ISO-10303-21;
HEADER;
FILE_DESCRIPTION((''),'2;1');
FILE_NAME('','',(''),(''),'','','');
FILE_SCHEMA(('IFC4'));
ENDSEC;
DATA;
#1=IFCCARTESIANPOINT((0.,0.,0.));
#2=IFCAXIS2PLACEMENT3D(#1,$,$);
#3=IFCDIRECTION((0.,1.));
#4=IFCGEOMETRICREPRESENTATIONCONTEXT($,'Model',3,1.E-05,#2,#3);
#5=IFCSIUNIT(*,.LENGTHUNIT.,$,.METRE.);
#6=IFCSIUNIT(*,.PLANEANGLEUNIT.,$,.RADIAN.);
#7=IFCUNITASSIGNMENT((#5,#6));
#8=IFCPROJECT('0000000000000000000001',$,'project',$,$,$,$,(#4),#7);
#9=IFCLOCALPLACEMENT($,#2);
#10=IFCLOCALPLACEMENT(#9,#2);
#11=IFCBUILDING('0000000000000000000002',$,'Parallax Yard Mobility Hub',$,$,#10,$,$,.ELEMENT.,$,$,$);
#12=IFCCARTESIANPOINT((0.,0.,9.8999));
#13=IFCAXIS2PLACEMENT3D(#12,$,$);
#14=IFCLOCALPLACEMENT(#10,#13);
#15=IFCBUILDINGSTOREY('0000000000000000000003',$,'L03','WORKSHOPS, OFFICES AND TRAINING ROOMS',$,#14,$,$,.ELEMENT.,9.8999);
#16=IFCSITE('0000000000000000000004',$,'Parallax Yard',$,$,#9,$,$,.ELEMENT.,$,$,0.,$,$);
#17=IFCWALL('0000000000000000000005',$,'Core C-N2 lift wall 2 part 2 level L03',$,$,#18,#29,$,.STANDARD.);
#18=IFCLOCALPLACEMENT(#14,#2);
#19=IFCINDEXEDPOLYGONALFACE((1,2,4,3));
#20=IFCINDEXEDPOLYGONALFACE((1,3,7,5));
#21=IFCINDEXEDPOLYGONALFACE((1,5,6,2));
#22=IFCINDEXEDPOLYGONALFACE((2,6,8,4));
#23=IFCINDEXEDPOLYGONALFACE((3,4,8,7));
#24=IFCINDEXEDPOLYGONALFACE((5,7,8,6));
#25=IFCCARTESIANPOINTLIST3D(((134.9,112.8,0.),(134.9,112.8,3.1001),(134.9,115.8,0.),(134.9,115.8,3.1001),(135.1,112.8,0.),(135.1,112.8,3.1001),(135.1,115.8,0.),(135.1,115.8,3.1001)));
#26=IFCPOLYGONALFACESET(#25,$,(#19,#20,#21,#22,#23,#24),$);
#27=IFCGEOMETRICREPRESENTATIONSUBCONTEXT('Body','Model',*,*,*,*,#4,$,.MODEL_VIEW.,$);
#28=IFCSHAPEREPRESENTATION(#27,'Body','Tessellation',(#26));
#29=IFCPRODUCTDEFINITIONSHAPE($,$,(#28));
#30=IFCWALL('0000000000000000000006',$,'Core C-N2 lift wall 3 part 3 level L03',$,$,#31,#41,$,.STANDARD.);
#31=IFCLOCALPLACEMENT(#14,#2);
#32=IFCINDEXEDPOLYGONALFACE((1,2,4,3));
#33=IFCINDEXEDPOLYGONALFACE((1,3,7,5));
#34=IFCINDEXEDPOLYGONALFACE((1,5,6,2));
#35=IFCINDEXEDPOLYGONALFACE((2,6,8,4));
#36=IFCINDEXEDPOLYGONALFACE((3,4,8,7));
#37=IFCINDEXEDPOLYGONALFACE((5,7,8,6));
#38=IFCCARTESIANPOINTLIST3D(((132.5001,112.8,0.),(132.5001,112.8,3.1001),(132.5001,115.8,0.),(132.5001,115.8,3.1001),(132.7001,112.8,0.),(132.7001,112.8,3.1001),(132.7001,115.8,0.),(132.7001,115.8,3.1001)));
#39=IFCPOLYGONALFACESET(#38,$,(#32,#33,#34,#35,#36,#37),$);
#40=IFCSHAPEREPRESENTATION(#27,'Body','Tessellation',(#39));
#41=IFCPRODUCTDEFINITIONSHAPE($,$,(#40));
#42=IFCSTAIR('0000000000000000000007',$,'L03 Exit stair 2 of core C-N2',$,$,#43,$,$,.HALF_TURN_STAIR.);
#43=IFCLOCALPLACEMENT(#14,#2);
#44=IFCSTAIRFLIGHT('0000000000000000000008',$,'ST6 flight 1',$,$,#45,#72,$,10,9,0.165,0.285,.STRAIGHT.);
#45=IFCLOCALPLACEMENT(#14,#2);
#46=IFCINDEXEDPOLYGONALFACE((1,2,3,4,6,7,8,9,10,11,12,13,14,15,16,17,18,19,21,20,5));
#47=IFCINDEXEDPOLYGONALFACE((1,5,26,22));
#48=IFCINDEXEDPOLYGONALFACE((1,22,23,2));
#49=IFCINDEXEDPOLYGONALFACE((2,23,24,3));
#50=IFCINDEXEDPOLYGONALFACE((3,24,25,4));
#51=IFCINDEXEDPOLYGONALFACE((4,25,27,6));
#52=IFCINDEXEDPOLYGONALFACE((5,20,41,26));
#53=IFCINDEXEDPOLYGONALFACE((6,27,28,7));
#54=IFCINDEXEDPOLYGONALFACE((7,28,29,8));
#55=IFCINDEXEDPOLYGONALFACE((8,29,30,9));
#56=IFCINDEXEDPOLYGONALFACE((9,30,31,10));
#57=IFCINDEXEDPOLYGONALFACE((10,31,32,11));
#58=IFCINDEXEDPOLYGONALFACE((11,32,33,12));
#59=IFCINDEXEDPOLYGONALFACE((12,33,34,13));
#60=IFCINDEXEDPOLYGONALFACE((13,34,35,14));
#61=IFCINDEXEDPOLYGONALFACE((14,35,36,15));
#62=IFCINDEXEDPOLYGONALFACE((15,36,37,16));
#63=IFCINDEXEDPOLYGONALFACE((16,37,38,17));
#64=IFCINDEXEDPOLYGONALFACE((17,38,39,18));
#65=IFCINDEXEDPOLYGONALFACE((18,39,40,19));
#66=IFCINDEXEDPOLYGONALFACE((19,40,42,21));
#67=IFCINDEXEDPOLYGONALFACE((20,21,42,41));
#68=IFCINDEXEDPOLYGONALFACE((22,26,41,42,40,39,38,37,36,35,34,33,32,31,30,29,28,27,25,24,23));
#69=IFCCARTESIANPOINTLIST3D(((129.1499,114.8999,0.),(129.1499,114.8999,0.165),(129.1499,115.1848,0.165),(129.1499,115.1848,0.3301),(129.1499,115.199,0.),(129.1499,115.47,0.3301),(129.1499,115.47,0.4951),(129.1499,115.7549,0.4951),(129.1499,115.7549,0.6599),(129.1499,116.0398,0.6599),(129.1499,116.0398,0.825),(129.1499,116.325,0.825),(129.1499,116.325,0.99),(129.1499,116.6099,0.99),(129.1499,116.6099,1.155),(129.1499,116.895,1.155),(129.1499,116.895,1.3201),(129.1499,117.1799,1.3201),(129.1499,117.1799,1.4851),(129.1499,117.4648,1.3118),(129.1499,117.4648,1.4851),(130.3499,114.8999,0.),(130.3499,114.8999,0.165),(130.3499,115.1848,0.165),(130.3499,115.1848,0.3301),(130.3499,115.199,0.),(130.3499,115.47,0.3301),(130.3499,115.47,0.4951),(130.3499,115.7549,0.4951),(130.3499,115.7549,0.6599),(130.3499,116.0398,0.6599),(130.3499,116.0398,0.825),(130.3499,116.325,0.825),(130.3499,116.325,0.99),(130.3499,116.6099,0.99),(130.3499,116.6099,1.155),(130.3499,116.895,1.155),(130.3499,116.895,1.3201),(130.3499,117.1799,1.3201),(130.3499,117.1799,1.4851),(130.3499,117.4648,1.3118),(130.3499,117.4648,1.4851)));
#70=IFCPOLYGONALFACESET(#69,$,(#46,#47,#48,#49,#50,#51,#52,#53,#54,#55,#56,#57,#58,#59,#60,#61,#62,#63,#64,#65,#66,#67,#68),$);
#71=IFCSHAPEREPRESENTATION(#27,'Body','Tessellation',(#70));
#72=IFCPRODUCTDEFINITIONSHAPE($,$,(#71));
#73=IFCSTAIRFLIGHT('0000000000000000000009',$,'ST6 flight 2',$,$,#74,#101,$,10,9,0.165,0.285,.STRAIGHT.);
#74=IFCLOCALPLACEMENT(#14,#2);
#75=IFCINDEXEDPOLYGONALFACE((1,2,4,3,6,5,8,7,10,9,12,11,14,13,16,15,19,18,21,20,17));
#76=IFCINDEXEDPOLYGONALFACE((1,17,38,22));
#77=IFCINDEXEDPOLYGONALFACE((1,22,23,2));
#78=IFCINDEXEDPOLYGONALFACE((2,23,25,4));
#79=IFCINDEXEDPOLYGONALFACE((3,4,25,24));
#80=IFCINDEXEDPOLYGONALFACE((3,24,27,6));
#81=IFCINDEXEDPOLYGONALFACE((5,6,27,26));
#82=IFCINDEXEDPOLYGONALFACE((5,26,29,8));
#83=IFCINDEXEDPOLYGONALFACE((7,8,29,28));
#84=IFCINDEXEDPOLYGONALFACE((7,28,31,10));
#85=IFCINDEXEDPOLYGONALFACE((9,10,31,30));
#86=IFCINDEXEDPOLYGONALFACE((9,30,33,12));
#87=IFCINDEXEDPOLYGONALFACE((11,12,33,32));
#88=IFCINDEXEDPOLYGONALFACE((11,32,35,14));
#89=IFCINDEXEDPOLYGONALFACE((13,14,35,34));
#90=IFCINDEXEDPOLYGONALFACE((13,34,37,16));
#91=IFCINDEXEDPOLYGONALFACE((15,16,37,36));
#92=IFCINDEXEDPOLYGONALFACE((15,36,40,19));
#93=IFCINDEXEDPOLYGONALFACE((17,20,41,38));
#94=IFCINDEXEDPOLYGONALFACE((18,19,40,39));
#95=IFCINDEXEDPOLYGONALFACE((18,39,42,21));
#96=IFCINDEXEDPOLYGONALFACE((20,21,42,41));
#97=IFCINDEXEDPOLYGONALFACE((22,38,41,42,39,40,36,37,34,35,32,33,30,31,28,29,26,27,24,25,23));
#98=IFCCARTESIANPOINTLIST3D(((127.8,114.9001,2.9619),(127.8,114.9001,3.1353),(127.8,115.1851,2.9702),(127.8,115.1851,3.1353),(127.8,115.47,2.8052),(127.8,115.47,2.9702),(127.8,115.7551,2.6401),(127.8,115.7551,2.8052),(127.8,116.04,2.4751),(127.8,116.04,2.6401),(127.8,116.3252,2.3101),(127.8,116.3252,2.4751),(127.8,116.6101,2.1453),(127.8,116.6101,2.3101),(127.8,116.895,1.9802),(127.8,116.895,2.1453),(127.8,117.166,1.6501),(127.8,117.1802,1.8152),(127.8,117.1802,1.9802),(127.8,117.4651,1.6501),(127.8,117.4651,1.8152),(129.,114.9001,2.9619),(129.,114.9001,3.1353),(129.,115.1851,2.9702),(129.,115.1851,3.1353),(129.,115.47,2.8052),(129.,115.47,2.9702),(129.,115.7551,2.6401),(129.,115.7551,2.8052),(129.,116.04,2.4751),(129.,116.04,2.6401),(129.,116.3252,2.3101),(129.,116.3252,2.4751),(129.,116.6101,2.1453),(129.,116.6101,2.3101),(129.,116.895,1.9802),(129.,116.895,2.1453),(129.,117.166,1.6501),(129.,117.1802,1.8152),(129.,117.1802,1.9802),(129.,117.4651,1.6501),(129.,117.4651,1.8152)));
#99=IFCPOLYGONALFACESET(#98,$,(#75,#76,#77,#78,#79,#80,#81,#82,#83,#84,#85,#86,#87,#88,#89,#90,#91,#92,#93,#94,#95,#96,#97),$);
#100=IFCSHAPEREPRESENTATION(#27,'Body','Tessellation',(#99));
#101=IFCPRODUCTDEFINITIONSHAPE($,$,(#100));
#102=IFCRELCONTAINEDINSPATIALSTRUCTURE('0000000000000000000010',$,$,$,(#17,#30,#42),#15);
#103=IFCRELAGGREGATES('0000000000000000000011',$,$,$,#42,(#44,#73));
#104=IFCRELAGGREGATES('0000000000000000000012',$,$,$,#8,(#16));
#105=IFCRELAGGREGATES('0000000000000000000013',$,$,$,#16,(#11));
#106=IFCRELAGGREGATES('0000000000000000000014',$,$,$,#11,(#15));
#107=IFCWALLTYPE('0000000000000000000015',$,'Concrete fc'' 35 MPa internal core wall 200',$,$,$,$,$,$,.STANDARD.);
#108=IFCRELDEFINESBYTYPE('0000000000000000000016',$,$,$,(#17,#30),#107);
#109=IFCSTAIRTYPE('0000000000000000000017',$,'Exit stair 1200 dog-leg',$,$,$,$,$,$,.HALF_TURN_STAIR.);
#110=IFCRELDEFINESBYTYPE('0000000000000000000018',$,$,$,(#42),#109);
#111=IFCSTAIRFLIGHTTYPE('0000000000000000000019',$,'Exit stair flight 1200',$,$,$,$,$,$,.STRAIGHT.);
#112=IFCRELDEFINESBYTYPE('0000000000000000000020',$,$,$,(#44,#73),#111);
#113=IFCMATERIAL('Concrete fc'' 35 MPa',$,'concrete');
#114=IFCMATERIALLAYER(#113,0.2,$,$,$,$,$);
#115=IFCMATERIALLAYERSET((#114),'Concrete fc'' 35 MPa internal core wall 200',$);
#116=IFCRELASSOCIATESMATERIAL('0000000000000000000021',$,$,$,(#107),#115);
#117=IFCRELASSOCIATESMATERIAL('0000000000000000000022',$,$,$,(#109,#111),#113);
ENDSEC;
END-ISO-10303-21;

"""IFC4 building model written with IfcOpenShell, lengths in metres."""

from ifc_helpers import new_model, si_unit, direction, frame, frame_2d, origin, place, context, subcontext, project, spatial, polyline, rectangle, outline, extrude, material, layer, layer_set, type_object, element, aggregate, save


model = new_model("IFC4")

# Units and contexts
model_context = context("Model", 3, precision=1e-05, world=origin(), true_north=direction((0.0, 1.0)))
body_context = subcontext(model_context, "Body", "Model", "MODEL_VIEW")
ifc_project = project(units=[si_unit("LENGTHUNIT", "METRE"), si_unit("PLANEANGLEUNIT", "RADIAN")], contexts=[model_context])

# Site, building, storey
site_placement = place(None, origin())
site = spatial("IfcSite", under=ifc_project, at=site_placement, Name="Parallax Yard", CompositionType="ELEMENT", RefElevation=0.0)
building_placement = place(site_placement, origin())
building = spatial("IfcBuilding", under=site, at=building_placement, Name="Parallax Yard Mobility Hub", CompositionType="ELEMENT")
storey_placement = place(building_placement, frame((0.0, 0.0, 9.8999)))
storey = spatial("IfcBuildingStorey", under=building, at=storey_placement, Name="L03", Description="WORKSHOPS, OFFICES AND TRAINING ROOMS", CompositionType="ELEMENT", Elevation=9.8999)

# Shared definitions
ifc_material_1 = material(Name="Concrete fc' 35 MPa", Category="concrete")

# Walls
ifc_layer_1 = layer(ifc_material_1, 0.2)
ifc_layer_set_1 = layer_set([ifc_layer_1], Name="Concrete fc' 35 MPa internal core wall 200")
wall_type_1 = type_object("IfcWallType", Name="Concrete fc' 35 MPa internal core wall 200", PredefinedType="STANDARD", material=ifc_layer_set_1)
for number, where, z_axis, x_axis, name in (
    (1, (135.0, 115.8, 0.0), (0.0, 0.0, 1.0), (0.0, -1.0, 0.0), "Core C-N2 lift wall 2 part 2 level L03"),
    (2, (132.6001, 115.8, 0.0), (0.0, 0.0, 1.0), (0.0, -1.0, 0.0), "Core C-N2 lift wall 3 part 3 level L03"),
):
    element("IfcWall", number, at=place(storey_placement, frame(where, z_axis=z_axis, x_axis=x_axis)), inside=storey, type_object=wall_type_1, Name=name, PredefinedType="STANDARD", context=body_context, shape_type="SweptSolid", body=[
        extrude(rectangle(XDim=3.0, YDim=0.2, at=frame_2d((1.5, 0.0))), origin(), (0.0, 0.0, 1.0), 3.1001),
    ])

# Stair, stair flights
stair_type = type_object("IfcStairType", Name="Exit stair 1200 dog-leg", PredefinedType="HALF_TURN_STAIR", material=ifc_material_1)
stair_placement = place(storey_placement, origin())
stair = element("IfcStair", 3, at=stair_placement, inside=storey, type_object=stair_type, Name="L03 Exit stair 2 of core C-N2", PredefinedType="HALF_TURN_STAIR")
stair_flight_type = type_object("IfcStairFlightType", Name="Exit stair flight 1200", PredefinedType="STRAIGHT", material=ifc_material_1)
stair_flight_1_placement = place(storey_placement, frame((129.75, 114.8999, 0.0), z_axis=(0.0, 0.0, 1.0), x_axis=(0.0, 1.0, 0.0)))
stair_flight_1 = element("IfcStairFlight", 4, at=stair_flight_1_placement, type_object=stair_flight_type, Name="ST6 flight 1", NumberOfRisers=10, NumberOfTreads=9, PredefinedType="STRAIGHT", RiserHeight=0.165, TreadLength=0.285, context=body_context, shape_type="SweptSolid", body=[
    extrude(outline(polyline([(0.0, 0.0), (0.0, 0.165), (0.2849, 0.165), (0.2849, 0.3301), (0.5701, 0.3301), (0.5701, 0.4951), (0.855, 0.4951), (0.855, 0.6599), (1.1399, 0.6599), (1.1399, 0.825), (1.425, 0.825), (1.425, 0.99), (1.71, 0.99), (1.71, 1.155), (1.9951, 1.155), (1.9951, 1.3201), (2.28, 1.3201), (2.28, 1.4851), (2.5649, 1.4851), (2.5649, 1.6499), (2.5649, 1.3118), (0.2991, 0.0), (0.0, 0.0)])), frame((0.0, 0.6001, 0.0), z_axis=(0.0, -1.0, 0.0), x_axis=(1.0, 0.0, 0.0)), (0.0, 0.0, 1.0), 1.2),
])
stair_flight_2_placement = place(storey_placement, frame((128.3999, 117.4651, 1.6501), z_axis=(0.0, 0.0, 1.0), x_axis=(0.0, -1.0, 0.0)))
stair_flight_2 = element("IfcStairFlight", 5, at=stair_flight_2_placement, type_object=stair_flight_type, Name="ST6 flight 2", NumberOfRisers=10, NumberOfTreads=9, PredefinedType="STRAIGHT", RiserHeight=0.165, TreadLength=0.285, context=body_context, shape_type="SweptSolid", body=[
    extrude(outline(polyline([(0.0, 0.0), (0.0, 0.165), (0.2849, 0.165), (0.2849, 0.3301), (0.5701, 0.3301), (0.5701, 0.4951), (0.855, 0.4951), (0.855, 0.6599), (1.1399, 0.6599), (1.1399, 0.825), (1.425, 0.825), (1.425, 0.99), (1.71, 0.99), (1.71, 1.155), (1.9951, 1.155), (1.9951, 1.3201), (2.28, 1.3201), (2.28, 1.4851), (2.5649, 1.4851), (2.5649, 1.6499), (2.5649, 1.3118), (0.2991, 0.0), (0.0, 0.0)])), frame((0.0, 0.6001, 0.0), z_axis=(0.0, -1.0, 0.0), x_axis=(1.0, 0.0, 0.0)), (0.0, 0.0, 1.0), 1.2),
])
aggregate(stair, [stair_flight_1, stair_flight_2])

save(model, "model.ifc")
